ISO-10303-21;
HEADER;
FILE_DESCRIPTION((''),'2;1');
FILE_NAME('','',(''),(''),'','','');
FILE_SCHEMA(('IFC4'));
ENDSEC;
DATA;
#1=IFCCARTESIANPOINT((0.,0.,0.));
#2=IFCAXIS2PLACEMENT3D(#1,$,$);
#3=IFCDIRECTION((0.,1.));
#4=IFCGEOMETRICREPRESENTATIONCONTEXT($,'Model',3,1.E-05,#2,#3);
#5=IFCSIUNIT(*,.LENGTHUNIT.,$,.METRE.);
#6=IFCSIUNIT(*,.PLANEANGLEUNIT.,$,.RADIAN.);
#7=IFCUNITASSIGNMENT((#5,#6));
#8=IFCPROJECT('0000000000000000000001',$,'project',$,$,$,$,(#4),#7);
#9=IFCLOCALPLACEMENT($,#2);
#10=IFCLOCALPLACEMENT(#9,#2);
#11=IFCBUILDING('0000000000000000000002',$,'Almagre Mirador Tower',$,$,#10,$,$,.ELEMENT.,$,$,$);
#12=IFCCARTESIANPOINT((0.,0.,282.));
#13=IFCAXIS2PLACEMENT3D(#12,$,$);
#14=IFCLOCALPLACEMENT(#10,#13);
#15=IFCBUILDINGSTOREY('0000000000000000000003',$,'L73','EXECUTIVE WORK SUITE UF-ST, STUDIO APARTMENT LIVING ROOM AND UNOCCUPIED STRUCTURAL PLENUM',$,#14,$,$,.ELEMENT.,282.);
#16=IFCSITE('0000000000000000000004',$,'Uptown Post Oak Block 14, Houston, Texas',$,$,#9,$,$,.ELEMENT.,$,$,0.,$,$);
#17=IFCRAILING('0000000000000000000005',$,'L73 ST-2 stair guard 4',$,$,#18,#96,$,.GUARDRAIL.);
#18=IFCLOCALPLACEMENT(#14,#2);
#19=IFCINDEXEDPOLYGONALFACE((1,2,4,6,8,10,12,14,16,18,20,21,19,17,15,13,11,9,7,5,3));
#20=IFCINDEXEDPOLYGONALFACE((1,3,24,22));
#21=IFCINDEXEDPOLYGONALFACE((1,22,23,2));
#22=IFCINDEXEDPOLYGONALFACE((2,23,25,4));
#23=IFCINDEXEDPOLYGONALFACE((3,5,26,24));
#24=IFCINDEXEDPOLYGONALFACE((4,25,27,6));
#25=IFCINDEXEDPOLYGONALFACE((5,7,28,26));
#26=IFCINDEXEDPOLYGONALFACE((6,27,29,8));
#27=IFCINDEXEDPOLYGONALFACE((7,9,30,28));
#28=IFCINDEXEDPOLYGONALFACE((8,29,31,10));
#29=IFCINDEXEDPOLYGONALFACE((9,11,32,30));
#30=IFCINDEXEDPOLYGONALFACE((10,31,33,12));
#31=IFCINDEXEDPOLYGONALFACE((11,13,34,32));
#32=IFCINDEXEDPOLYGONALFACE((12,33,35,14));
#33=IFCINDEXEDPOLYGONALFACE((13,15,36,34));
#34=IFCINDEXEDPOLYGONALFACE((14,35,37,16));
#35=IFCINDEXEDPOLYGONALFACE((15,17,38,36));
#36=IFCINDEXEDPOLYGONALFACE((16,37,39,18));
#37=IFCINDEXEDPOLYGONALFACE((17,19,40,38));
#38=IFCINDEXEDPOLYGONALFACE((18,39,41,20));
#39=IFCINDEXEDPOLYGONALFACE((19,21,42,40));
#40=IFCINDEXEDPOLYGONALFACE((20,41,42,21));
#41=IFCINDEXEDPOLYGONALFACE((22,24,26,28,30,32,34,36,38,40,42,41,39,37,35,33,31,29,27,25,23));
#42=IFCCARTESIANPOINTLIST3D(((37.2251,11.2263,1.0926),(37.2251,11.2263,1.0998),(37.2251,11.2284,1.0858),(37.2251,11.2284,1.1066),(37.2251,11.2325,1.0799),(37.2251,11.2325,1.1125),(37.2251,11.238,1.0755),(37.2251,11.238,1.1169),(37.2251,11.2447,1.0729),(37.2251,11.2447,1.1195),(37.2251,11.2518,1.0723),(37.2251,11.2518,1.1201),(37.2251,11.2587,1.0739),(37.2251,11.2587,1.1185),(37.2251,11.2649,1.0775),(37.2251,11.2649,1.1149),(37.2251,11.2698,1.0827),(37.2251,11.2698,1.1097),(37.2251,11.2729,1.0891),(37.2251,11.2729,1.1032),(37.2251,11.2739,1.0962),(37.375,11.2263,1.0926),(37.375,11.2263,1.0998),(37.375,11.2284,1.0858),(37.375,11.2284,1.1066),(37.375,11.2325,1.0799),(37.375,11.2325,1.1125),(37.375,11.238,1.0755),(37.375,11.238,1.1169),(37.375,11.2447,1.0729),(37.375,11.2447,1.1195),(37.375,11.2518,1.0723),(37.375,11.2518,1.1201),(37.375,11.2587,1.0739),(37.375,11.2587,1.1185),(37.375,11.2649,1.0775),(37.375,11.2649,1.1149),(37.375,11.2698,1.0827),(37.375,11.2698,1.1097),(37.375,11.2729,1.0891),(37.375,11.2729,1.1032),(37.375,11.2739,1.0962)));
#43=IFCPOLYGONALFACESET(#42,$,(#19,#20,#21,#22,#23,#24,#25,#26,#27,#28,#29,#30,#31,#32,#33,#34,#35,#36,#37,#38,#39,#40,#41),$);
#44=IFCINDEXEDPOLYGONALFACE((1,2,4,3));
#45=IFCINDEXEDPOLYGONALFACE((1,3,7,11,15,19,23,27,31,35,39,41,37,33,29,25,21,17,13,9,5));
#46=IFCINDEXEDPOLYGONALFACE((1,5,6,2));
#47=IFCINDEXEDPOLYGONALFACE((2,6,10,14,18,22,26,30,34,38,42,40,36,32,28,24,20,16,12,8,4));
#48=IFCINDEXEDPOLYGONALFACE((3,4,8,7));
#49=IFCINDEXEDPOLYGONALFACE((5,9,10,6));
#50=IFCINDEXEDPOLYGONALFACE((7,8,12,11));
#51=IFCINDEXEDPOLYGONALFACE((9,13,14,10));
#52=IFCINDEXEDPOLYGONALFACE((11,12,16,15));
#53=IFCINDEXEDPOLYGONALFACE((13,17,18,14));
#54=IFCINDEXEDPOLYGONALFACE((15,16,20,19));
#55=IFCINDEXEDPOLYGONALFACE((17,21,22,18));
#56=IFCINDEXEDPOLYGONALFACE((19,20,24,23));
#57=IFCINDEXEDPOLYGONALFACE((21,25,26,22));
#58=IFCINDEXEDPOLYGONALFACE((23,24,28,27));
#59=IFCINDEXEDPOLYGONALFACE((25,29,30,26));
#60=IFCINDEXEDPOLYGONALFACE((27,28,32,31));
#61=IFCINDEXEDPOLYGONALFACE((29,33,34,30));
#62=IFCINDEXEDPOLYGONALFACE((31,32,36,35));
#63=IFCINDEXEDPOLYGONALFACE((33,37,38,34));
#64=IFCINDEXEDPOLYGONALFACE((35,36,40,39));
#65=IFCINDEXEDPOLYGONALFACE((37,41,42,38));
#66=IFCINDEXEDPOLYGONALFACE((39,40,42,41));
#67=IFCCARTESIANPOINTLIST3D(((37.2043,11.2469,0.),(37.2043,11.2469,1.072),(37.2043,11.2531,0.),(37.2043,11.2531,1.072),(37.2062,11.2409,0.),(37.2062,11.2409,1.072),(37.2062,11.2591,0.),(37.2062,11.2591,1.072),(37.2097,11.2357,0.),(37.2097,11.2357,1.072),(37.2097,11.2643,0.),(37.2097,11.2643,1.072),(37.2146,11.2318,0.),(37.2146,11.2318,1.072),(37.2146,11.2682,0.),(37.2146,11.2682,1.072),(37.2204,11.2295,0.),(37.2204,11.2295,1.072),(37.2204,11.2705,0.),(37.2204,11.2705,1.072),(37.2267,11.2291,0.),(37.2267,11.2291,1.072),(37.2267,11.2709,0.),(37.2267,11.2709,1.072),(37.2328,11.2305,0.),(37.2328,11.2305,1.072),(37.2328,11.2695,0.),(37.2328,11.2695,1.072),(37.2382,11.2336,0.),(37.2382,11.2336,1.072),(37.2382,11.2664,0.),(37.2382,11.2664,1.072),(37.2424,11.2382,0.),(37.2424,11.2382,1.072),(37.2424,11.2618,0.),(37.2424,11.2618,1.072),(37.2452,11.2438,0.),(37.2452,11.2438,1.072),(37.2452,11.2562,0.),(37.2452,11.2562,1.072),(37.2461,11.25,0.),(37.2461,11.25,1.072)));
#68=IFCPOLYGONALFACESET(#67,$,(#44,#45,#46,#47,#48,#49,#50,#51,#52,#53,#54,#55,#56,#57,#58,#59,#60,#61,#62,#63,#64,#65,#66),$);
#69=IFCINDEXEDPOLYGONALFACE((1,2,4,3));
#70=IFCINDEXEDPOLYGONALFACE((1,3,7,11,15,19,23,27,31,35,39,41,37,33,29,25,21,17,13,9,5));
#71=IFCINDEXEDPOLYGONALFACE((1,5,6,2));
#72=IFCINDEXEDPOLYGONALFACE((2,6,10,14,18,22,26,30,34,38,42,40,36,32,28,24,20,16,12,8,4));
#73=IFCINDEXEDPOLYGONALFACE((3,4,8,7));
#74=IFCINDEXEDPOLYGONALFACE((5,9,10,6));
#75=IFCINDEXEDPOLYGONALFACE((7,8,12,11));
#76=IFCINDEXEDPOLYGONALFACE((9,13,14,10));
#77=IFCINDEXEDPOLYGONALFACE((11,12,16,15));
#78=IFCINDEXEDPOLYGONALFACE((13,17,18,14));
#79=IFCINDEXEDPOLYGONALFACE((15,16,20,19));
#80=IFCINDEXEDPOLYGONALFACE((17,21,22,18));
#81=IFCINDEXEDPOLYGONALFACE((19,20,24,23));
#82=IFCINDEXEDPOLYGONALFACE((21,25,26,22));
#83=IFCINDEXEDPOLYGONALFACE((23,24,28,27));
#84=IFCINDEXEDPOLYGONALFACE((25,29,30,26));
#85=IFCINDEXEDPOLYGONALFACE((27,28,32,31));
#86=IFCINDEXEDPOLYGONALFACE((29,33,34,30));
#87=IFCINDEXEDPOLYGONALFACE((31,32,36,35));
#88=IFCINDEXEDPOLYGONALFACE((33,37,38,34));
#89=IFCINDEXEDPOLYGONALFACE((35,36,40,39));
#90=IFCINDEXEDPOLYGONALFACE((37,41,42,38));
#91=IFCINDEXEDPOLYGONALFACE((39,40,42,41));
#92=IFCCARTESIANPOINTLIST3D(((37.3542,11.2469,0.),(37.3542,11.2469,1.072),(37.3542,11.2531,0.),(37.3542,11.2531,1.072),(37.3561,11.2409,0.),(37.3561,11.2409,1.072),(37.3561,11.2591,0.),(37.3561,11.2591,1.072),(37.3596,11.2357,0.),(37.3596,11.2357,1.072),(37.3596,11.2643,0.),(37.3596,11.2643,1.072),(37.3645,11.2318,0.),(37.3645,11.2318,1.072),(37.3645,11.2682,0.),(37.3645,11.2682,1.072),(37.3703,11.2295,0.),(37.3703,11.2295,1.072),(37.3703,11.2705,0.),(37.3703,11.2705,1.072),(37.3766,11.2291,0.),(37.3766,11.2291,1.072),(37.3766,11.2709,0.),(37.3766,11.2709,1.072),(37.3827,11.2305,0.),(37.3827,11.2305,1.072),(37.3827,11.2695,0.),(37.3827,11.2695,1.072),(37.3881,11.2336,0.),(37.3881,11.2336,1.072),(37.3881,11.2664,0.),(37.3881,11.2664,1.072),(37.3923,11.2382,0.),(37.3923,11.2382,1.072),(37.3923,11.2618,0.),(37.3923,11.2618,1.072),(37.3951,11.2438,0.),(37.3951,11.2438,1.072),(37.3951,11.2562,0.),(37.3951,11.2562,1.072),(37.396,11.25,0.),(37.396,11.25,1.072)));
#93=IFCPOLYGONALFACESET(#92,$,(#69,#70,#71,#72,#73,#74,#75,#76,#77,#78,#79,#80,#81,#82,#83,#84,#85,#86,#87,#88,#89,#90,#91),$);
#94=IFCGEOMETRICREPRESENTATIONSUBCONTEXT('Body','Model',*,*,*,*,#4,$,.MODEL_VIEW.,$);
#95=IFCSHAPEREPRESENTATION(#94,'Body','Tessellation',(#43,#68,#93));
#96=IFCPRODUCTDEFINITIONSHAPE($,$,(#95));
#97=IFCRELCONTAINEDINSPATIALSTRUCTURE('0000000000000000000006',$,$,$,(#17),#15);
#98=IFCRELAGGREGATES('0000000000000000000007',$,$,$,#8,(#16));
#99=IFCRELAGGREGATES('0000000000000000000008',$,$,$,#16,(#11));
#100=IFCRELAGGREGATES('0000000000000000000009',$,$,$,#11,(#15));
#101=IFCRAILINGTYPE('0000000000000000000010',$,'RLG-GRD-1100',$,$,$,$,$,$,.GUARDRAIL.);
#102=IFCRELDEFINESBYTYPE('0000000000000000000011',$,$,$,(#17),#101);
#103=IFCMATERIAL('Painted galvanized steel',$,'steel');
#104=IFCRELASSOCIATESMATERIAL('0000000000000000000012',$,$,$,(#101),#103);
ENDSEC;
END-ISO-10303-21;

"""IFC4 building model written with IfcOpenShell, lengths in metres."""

from ifc_helpers import new_model, si_unit, direction, frame, origin, origin_2d, place, context, subcontext, project, spatial, circle, extrude, material, type_object, element, save


model = new_model("IFC4")

# Units and contexts
model_context = context("Model", 3, precision=1e-05, world=origin(), true_north=direction((0.0, 1.0)))
body_context = subcontext(model_context, "Body", "Model", "MODEL_VIEW")
ifc_project = project(units=[si_unit("LENGTHUNIT", "METRE"), si_unit("PLANEANGLEUNIT", "RADIAN")], contexts=[model_context])

# Site, building, storey
site_placement = place(None, origin())
site = spatial("IfcSite", under=ifc_project, at=site_placement, Name="Uptown Post Oak Block 14, Houston, Texas", CompositionType="ELEMENT", RefElevation=0.0)
building_placement = place(site_placement, origin())
building = spatial("IfcBuilding", under=site, at=building_placement, Name="Almagre Mirador Tower", CompositionType="ELEMENT")
storey_placement = place(building_placement, frame((0.0, 0.0, 282.0)))
storey = spatial("IfcBuildingStorey", under=building, at=storey_placement, Name="L73", Description="EXECUTIVE WORK SUITE UF-ST, STUDIO APARTMENT LIVING ROOM AND UNOCCUPIED STRUCTURAL PLENUM", CompositionType="ELEMENT", Elevation=282.0)

# Railing
ifc_material_1 = material(Name="Painted galvanized steel", Category="steel")
railing_type_1 = type_object("IfcRailingType", Name="RLG-GRD-1100", PredefinedType="GUARDRAIL", material=ifc_material_1)
railing_1_placement = place(storey_placement, frame((37.2251, 11.25, 0.0)))
element("IfcRailing", 1, at=railing_1_placement, inside=storey, type_object=railing_type_1, Name="L73 ST-2 stair guard 4", PredefinedType="GUARDRAIL", context=body_context, shape_type="SweptSolid", body=[
    extrude(circle(Radius=0.0239, at=origin_2d()), frame((0.0, 0.0, 1.0962), z_axis=(1.0, 0.0, 0.0), x_axis=(0.0, 1.0, 0.0)), (0.0, 0.0, 1.0), 0.1499),
    extrude(circle(Radius=0.021, at=origin_2d()), origin(), (0.0, 0.0, 1.0), 1.072),
    extrude(circle(Radius=0.021, at=origin_2d()), frame((0.1499, 0.0, 0.0)), (0.0, 0.0, 1.0), 1.072),
])

save(model, "model.ifc")
